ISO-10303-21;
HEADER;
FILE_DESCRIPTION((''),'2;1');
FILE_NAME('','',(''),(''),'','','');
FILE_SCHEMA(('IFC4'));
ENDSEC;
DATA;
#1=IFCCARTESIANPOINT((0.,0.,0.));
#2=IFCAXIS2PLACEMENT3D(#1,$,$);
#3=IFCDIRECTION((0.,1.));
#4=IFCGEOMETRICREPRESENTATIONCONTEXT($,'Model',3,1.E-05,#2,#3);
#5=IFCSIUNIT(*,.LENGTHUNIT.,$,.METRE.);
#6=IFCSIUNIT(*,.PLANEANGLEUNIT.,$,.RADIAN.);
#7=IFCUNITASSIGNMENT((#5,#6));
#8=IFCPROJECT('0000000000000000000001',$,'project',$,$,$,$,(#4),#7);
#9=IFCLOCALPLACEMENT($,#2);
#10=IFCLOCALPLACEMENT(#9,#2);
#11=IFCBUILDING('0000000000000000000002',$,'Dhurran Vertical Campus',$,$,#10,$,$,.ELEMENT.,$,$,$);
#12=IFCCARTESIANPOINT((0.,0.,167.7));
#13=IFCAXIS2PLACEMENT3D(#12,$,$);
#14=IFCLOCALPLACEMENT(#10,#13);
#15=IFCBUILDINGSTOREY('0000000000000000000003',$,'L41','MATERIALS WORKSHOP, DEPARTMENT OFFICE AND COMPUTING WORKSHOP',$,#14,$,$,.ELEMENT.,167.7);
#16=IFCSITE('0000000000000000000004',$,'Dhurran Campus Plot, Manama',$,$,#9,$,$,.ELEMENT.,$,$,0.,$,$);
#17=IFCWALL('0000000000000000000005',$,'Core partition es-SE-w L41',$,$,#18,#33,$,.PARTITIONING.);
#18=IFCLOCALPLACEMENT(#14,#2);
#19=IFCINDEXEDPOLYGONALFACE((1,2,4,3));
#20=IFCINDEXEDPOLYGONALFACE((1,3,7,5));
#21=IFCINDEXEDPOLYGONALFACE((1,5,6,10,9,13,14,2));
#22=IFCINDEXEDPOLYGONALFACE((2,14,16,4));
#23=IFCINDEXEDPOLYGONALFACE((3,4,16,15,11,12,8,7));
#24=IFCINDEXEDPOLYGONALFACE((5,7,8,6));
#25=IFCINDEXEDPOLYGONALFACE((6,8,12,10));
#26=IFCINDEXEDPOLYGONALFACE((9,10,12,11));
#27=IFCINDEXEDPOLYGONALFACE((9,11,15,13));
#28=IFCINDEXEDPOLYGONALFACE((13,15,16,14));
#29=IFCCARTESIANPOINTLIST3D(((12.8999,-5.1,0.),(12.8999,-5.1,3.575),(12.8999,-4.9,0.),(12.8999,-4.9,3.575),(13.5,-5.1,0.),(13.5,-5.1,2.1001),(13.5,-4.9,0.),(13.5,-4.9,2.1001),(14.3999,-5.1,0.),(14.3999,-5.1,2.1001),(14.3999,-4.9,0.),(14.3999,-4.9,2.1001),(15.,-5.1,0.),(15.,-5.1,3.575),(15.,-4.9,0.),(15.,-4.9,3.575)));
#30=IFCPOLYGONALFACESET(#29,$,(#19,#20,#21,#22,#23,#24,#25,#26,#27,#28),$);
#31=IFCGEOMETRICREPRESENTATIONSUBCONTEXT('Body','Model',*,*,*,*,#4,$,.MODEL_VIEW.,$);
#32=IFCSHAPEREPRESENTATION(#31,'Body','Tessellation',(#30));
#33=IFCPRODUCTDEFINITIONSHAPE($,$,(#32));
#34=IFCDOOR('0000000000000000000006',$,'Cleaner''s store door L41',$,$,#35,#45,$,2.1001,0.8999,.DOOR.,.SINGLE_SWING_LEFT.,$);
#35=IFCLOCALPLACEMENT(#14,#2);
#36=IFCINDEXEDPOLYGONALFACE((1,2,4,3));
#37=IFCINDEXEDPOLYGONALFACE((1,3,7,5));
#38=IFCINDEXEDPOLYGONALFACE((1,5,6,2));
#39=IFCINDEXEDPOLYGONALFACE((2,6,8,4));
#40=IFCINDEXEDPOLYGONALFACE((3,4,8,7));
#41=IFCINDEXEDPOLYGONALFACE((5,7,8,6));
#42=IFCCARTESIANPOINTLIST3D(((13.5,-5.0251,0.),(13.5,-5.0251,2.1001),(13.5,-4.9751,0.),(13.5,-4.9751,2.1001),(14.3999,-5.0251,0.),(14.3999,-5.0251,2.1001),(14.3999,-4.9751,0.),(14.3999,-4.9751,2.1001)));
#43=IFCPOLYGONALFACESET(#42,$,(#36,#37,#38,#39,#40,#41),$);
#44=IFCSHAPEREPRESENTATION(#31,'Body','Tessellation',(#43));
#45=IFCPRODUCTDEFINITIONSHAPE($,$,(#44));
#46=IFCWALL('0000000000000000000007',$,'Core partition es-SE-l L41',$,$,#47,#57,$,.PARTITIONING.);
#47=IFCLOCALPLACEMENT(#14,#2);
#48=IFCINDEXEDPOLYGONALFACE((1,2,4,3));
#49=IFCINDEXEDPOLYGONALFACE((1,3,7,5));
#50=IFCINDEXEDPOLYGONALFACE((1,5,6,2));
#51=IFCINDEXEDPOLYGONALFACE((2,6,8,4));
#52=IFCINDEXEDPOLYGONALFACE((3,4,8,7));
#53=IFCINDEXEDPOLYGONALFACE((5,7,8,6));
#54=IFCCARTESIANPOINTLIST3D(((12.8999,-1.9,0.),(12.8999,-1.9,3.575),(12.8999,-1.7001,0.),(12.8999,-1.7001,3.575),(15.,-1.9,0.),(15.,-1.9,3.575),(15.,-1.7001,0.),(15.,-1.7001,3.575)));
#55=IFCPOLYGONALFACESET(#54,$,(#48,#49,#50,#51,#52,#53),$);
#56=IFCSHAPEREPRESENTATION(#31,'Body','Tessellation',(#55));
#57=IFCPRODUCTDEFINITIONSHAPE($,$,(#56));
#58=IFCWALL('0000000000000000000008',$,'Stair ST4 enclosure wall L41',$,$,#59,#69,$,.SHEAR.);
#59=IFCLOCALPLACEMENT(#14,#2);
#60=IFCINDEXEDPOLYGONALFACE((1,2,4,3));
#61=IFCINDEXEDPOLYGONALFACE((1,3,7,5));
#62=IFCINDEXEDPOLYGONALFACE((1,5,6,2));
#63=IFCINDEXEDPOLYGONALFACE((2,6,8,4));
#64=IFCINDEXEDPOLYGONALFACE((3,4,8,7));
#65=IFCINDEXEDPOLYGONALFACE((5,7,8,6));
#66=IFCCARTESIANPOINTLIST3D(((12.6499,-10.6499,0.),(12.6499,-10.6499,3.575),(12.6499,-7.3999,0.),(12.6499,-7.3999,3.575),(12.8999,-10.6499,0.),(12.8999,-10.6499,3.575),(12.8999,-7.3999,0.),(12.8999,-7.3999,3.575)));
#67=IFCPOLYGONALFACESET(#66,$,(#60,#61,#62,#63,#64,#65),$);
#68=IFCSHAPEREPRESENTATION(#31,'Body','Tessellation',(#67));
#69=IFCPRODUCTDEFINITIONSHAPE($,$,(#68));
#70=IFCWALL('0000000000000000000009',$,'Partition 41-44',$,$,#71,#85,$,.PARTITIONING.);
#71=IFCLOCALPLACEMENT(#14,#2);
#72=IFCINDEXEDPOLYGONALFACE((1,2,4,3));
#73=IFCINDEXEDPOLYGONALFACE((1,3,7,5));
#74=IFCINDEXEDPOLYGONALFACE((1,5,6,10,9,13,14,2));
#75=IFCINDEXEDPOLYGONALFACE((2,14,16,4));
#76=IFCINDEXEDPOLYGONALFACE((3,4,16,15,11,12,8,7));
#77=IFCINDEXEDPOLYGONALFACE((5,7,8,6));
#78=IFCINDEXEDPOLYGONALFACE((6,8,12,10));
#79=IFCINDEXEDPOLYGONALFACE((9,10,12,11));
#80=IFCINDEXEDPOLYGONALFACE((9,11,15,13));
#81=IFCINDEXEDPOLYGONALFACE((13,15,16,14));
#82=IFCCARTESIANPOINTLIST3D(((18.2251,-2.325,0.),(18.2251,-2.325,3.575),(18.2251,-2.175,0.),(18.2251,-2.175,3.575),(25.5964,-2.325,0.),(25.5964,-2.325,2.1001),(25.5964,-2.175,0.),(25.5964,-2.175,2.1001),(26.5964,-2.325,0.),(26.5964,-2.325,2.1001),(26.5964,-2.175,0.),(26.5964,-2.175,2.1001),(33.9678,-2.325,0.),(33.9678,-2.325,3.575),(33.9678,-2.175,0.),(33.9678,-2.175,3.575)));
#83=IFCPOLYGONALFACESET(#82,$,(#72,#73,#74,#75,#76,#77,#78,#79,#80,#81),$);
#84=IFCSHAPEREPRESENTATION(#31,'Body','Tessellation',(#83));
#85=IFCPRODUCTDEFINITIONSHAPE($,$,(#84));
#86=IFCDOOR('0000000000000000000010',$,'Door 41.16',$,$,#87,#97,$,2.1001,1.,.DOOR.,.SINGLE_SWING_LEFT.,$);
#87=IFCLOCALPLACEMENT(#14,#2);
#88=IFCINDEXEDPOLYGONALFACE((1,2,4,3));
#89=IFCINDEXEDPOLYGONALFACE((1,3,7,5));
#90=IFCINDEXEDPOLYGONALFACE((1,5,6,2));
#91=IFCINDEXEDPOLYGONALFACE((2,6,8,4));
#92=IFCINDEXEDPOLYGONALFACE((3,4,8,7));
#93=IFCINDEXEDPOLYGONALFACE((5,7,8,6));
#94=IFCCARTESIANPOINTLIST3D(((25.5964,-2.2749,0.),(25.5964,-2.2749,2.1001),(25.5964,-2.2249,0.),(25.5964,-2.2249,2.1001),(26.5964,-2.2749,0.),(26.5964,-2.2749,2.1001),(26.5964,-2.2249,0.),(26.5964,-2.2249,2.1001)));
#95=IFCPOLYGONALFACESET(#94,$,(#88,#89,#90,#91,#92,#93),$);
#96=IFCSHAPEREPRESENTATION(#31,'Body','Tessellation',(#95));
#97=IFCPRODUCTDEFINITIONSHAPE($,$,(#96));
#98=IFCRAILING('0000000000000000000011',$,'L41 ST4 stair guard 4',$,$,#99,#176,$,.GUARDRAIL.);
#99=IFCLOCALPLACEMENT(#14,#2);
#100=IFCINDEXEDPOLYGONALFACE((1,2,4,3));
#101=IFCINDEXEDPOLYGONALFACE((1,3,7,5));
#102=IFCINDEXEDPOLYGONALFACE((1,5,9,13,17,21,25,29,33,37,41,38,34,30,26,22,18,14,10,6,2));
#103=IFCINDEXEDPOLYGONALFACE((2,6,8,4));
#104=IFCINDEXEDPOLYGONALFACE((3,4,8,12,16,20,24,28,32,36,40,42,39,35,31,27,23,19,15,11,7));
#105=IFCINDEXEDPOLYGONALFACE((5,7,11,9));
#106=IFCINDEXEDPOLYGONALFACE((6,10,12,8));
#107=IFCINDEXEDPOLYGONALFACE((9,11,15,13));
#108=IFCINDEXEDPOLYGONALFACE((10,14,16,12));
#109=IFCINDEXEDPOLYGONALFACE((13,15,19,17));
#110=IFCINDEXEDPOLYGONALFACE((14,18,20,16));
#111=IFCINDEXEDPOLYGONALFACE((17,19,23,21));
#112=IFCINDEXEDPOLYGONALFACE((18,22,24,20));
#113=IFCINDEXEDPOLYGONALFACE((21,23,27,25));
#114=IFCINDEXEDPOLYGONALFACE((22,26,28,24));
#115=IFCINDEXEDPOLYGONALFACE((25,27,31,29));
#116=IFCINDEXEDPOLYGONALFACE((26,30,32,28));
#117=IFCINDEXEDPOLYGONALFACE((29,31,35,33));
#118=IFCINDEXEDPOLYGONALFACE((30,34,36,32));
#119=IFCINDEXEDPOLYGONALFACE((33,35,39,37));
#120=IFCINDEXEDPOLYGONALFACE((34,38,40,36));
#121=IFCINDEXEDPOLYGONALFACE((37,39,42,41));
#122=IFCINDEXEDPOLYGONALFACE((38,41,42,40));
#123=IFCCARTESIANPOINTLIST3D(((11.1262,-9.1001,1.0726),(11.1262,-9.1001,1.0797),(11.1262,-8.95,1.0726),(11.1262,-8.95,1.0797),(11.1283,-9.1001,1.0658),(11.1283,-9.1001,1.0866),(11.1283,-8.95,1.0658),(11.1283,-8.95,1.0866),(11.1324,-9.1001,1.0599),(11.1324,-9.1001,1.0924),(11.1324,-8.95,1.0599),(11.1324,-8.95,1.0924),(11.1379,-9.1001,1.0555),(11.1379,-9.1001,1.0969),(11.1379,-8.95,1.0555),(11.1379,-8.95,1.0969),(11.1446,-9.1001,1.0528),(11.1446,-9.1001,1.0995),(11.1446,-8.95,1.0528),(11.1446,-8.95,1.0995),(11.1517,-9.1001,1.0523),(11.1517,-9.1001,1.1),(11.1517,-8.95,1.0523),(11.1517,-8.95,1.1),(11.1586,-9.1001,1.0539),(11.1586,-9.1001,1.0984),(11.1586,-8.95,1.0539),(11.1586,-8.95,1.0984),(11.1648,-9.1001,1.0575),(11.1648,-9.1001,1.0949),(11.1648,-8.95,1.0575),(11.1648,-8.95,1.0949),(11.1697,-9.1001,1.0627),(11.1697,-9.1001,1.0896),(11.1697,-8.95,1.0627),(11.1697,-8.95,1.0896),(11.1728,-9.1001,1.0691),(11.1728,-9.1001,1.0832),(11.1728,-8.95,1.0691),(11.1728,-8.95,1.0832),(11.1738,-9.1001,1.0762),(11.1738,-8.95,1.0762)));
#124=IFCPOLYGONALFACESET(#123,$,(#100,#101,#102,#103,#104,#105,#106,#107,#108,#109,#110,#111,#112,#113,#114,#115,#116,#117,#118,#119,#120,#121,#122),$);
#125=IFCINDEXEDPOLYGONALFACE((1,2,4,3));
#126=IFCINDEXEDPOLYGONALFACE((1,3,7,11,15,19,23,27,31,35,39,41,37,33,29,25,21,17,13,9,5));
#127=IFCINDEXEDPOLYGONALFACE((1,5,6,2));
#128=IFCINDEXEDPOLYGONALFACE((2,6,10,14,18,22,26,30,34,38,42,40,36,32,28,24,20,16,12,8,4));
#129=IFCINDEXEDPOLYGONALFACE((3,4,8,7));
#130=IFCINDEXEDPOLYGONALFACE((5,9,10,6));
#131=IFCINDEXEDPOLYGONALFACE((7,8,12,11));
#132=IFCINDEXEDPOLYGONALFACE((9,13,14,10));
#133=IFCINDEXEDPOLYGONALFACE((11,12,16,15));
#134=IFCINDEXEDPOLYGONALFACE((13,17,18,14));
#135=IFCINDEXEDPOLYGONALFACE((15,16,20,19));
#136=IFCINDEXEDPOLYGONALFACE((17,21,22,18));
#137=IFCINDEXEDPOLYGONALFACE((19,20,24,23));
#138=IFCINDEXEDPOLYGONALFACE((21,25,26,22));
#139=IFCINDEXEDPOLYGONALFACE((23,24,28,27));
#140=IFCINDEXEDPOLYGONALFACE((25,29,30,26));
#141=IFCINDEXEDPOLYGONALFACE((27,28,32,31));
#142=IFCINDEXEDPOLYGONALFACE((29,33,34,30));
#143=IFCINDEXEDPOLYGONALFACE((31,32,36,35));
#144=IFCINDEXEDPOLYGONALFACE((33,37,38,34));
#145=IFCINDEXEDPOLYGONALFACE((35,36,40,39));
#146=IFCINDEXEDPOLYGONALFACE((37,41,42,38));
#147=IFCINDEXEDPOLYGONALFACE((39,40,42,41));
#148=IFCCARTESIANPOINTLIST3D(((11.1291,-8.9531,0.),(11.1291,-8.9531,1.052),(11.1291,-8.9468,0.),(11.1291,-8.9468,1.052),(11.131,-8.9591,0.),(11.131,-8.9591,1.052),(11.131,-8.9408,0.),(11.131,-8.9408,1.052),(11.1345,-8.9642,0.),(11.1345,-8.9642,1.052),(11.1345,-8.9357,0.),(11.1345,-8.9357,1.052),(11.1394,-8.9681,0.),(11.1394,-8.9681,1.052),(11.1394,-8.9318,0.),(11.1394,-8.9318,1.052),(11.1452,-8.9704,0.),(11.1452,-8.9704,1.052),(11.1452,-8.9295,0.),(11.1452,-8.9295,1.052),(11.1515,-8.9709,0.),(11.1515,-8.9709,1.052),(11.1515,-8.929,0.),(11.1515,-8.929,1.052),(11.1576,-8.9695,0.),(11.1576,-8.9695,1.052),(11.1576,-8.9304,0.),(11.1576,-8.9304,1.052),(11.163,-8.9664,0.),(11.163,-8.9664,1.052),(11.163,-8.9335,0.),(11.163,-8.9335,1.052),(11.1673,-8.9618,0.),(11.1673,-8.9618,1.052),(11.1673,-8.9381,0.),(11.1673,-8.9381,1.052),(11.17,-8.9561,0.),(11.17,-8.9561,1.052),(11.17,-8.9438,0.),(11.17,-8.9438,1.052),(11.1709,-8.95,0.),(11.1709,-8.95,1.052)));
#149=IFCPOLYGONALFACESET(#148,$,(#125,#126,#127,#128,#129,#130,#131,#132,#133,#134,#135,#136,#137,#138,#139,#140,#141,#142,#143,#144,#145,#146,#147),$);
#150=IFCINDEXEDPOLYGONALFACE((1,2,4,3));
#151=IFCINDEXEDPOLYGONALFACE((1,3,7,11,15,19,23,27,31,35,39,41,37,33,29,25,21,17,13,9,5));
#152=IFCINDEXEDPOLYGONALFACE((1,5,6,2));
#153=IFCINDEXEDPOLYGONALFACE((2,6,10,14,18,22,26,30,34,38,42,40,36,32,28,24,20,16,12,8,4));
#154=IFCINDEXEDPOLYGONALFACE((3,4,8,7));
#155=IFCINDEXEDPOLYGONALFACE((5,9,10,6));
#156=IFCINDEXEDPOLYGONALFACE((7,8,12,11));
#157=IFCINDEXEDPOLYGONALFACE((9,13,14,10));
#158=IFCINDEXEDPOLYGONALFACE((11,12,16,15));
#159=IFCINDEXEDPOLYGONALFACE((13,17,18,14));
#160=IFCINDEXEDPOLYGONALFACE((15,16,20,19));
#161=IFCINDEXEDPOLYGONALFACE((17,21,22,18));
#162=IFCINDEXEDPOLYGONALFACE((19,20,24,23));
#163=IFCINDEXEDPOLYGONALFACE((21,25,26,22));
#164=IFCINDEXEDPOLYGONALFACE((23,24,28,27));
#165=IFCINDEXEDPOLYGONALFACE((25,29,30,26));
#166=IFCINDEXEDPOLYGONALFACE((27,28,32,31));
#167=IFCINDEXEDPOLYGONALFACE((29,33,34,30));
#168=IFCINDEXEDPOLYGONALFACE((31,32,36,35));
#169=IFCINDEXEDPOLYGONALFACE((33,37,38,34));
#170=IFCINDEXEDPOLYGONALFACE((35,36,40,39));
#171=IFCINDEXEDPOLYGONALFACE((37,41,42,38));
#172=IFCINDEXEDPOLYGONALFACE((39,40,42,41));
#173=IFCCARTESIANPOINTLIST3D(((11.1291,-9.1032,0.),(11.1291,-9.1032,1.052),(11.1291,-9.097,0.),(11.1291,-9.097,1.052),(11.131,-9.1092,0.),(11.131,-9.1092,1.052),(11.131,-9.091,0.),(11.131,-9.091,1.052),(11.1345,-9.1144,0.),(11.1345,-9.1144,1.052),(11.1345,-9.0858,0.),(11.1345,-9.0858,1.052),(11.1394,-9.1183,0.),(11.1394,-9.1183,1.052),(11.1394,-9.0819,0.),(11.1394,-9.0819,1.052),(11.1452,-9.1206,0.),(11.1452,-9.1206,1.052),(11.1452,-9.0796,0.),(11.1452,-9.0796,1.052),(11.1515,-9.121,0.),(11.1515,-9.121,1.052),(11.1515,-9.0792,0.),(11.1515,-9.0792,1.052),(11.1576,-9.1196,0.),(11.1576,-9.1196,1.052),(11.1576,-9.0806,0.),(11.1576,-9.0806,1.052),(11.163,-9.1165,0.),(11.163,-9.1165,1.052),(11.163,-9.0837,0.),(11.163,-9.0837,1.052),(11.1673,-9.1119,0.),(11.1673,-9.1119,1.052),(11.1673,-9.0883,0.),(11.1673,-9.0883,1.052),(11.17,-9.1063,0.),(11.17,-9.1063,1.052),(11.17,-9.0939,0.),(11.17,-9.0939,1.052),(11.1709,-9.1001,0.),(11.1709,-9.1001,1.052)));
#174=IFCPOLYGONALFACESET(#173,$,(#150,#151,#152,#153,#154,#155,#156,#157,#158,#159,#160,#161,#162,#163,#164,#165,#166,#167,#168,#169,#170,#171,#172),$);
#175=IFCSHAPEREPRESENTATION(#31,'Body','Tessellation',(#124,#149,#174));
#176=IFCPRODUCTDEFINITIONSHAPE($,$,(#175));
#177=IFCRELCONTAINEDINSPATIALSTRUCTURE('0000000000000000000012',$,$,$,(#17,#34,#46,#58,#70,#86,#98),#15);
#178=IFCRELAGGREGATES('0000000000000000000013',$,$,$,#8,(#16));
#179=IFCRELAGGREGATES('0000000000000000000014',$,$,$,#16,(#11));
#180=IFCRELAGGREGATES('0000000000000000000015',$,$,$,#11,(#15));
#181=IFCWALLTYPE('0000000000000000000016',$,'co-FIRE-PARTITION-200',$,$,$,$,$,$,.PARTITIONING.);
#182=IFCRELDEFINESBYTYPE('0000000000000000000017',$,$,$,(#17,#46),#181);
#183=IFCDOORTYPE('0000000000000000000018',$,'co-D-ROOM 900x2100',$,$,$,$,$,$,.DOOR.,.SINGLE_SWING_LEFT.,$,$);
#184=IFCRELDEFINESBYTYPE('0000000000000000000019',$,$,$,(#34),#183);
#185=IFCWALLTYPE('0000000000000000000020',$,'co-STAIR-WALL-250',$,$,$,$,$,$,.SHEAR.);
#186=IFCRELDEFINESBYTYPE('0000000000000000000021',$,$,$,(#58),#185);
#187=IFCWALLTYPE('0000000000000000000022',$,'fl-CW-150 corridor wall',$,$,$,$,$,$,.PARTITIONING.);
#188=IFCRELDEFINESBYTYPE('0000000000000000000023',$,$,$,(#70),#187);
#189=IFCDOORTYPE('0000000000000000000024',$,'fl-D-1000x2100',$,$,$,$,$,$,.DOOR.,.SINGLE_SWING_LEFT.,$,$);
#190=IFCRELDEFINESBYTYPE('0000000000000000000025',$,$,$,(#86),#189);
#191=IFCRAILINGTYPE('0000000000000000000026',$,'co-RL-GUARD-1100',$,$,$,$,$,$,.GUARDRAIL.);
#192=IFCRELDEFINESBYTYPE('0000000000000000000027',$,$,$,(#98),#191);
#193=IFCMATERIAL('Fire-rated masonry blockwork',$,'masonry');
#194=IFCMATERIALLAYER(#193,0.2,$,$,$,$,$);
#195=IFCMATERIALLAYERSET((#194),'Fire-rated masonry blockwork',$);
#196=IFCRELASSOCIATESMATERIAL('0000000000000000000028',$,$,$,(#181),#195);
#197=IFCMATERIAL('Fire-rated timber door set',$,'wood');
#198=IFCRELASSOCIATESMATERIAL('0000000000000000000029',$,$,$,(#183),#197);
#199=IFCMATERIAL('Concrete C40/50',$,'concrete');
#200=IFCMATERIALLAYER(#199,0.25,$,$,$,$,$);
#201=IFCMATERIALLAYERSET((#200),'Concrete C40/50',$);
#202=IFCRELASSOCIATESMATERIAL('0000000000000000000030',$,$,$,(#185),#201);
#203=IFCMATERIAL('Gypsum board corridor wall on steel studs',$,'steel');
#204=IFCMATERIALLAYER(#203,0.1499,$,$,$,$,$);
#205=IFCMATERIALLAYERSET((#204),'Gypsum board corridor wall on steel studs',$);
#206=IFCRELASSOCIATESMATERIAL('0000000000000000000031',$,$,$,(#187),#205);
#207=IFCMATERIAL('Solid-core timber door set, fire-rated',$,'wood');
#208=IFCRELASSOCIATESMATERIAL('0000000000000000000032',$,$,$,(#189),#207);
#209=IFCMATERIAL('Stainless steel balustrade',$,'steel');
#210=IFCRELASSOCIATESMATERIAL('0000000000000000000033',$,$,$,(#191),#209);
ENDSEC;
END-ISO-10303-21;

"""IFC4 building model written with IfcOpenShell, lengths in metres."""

from ifc_helpers import new_model, si_unit, direction, frame, frame_2d, origin, origin_2d, place, context, subcontext, project, spatial, rectangle, circle, extrude, material, layer, layer_set, type_object, element, fill, save


model = new_model("IFC4")

# Units and contexts
model_context = context("Model", 3, precision=1e-05, world=origin(), true_north=direction((0.0, 1.0)))
body_context = subcontext(model_context, "Body", "Model", "MODEL_VIEW")
ifc_project = project(units=[si_unit("LENGTHUNIT", "METRE"), si_unit("PLANEANGLEUNIT", "RADIAN")], contexts=[model_context])

# Site, building, storey
site_placement = place(None, origin())
site = spatial("IfcSite", under=ifc_project, at=site_placement, Name="Dhurran Campus Plot, Manama", CompositionType="ELEMENT", RefElevation=0.0)
building_placement = place(site_placement, origin())
building = spatial("IfcBuilding", under=site, at=building_placement, Name="Dhurran Vertical Campus", CompositionType="ELEMENT")
storey_placement = place(building_placement, frame((0.0, 0.0, 167.7)))
storey = spatial("IfcBuildingStorey", under=building, at=storey_placement, Name="L41", Description="MATERIALS WORKSHOP, DEPARTMENT OFFICE AND COMPUTING WORKSHOP", CompositionType="ELEMENT", Elevation=167.7)

# Shared definitions
ifc_material_1 = material(Name="Fire-rated masonry blockwork", Category="masonry")
ifc_layer_1 = layer(ifc_material_1, 0.2)
ifc_layer_set_1 = layer_set([ifc_layer_1], Name="Fire-rated masonry blockwork")
wall_type_1 = type_object("IfcWallType", Name="co-FIRE-PARTITION-200", PredefinedType="PARTITIONING", material=ifc_layer_set_1)

# Wall, opening, door
ifc_material_2 = material(Name="Fire-rated timber door set", Category="wood")
door_type_1 = type_object("IfcDoorType", Name="co-D-ROOM 900x2100", OperationType="SINGLE_SWING_LEFT", PredefinedType="DOOR", material=ifc_material_2)
wall_1_placement = place(storey_placement, frame((12.8999, -5.0, 0.0), z_axis=(0.0, 0.0, 1.0), x_axis=(1.0, 0.0, 0.0)))
wall_1 = element("IfcWall", 1, at=wall_1_placement, inside=storey, type_object=wall_type_1, Name="Core partition es-SE-w L41", PredefinedType="PARTITIONING", context=body_context, shape_type="SweptSolid", body=[
    extrude(rectangle(XDim=2.1001, YDim=0.2, at=frame_2d((1.05, 0.0))), origin(), (0.0, 0.0, 1.0), 3.575),
])
opening_1_placement = place(wall_1_placement, frame((0.6001, 0.0, 0.0)))
opening_1 = element("IfcOpeningElement", 2, at=opening_1_placement, cuts=wall_1, PredefinedType="OPENING", context=body_context, shape_type="SweptSolid", body=[
    extrude(rectangle(XDim=0.8999, YDim=2.1001, at=frame_2d((0.45, 1.05))), frame((0.0, 0.1099, 0.0), z_axis=(0.0, -1.0, 0.0), x_axis=(1.0, 0.0, 0.0)), (0.0, 0.0, 1.0), 0.22),
])
door_1_placement = place(opening_1_placement, origin())
door_1 = element("IfcDoor", 3, at=door_1_placement, inside=storey, type_object=door_type_1, Name="Cleaner's store door L41", OperationType="SINGLE_SWING_LEFT", OverallHeight=2.1001, OverallWidth=0.8999, PredefinedType="DOOR", context=body_context, shape_type="SweptSolid", body=[
    extrude(rectangle(XDim=0.8999, YDim=2.1001, at=frame_2d((0.45, 1.05))), frame((0.0, 0.0249, 0.0), z_axis=(0.0, -1.0, 0.0), x_axis=(1.0, 0.0, 0.0)), (0.0, 0.0, 1.0), 0.05),
])
fill(opening_1, door_1)

# Walls
wall_2_placement = place(storey_placement, frame((12.8999, -1.8, 0.0), z_axis=(0.0, 0.0, 1.0), x_axis=(1.0, 0.0, 0.0)))
element("IfcWall", 4, at=wall_2_placement, inside=storey, type_object=wall_type_1, Name="Core partition es-SE-l L41", PredefinedType="PARTITIONING", context=body_context, shape_type="SweptSolid", body=[
    extrude(rectangle(XDim=2.1001, YDim=0.2, at=frame_2d((1.05, 0.0))), origin(), (0.0, 0.0, 1.0), 3.575),
])
ifc_material_3 = material(Name="Concrete C40/50", Category="concrete")
ifc_layer_2 = layer(ifc_material_3, 0.25)
ifc_layer_set_2 = layer_set([ifc_layer_2], Name="Concrete C40/50")
wall_type_2 = type_object("IfcWallType", Name="co-STAIR-WALL-250", PredefinedType="SHEAR", material=ifc_layer_set_2)
wall_3_placement = place(storey_placement, frame((12.7749, -10.6499, 0.0), z_axis=(0.0, 0.0, 1.0), x_axis=(0.0, 1.0, 0.0)))
element("IfcWall", 5, at=wall_3_placement, inside=storey, type_object=wall_type_2, Name="Stair ST4 enclosure wall L41", PredefinedType="SHEAR", context=body_context, shape_type="SweptSolid", body=[
    extrude(rectangle(XDim=3.25, YDim=0.25, at=frame_2d((1.625, 0.0))), origin(), (0.0, 0.0, 1.0), 3.575),
])

# Wall, opening, door
ifc_material_4 = material(Name="Gypsum board corridor wall on steel studs", Category="steel")
ifc_layer_3 = layer(ifc_material_4, 0.1499)
ifc_layer_set_3 = layer_set([ifc_layer_3], Name="Gypsum board corridor wall on steel studs")
wall_type_3 = type_object("IfcWallType", Name="fl-CW-150 corridor wall", PredefinedType="PARTITIONING", material=ifc_layer_set_3)
wall_4_placement = place(storey_placement, frame((33.9678, -2.25, 0.0), z_axis=(0.0, 0.0, 1.0), x_axis=(-1.0, 0.0, 0.0)))
wall_4 = element("IfcWall", 6, at=wall_4_placement, inside=storey, type_object=wall_type_3, Name="Partition 41-44", PredefinedType="PARTITIONING", context=body_context, shape_type="SweptSolid", body=[
    extrude(rectangle(XDim=15.7427, YDim=0.1499, at=frame_2d((7.8713, 0.0))), origin(), (0.0, 0.0, 1.0), 3.575),
])
opening_2_placement = place(wall_4_placement, frame((7.3713, 0.0, 0.0)))
opening_2 = element("IfcOpeningElement", 7, at=opening_2_placement, cuts=wall_4, PredefinedType="OPENING", context=body_context, shape_type="SweptSolid", body=[
    extrude(rectangle(XDim=1.0, YDim=2.1001, at=frame_2d((0.5, 1.05))), frame((0.0, 0.085, 0.0), z_axis=(0.0, -1.0, 0.0), x_axis=(1.0, 0.0, 0.0)), (0.0, 0.0, 1.0), 0.1699),
])
ifc_material_5 = material(Name="Solid-core timber door set, fire-rated", Category="wood")
door_type_2 = type_object("IfcDoorType", Name="fl-D-1000x2100", OperationType="SINGLE_SWING_LEFT", PredefinedType="DOOR", material=ifc_material_5)
door_2_placement = place(opening_2_placement, origin())
door_2 = element("IfcDoor", 8, at=door_2_placement, inside=storey, type_object=door_type_2, Name="Door 41.16", OperationType="SINGLE_SWING_LEFT", OverallHeight=2.1001, OverallWidth=1.0, PredefinedType="DOOR", context=body_context, shape_type="SweptSolid", body=[
    extrude(rectangle(XDim=1.0, YDim=2.1001, at=frame_2d((0.5, 1.05))), frame((0.0, 0.0249, 0.0), z_axis=(0.0, -1.0, 0.0), x_axis=(1.0, 0.0, 0.0)), (0.0, 0.0, 1.0), 0.05),
])
fill(opening_2, door_2)

# Railing
ifc_material_6 = material(Name="Stainless steel balustrade", Category="steel")
railing_type_1 = type_object("IfcRailingType", Name="co-RL-GUARD-1100", PredefinedType="GUARDRAIL", material=ifc_material_6)
railing_1_placement = place(storey_placement, frame((11.1499, -8.95, 0.0)))
element("IfcRailing", 9, at=railing_1_placement, inside=storey, type_object=railing_type_1, Name="L41 ST4 stair guard 4", PredefinedType="GUARDRAIL", context=body_context, shape_type="SweptSolid", body=[
    extrude(circle(Radius=0.0239, at=origin_2d()), frame((0.0, 0.0, 1.0762), z_axis=(0.0, -1.0, 0.0), x_axis=(1.0, 0.0, 0.0)), (0.0, 0.0, 1.0), 0.1501),
    extrude(circle(Radius=0.021, at=origin_2d()), origin(), (0.0, 0.0, 1.0), 1.052),
    extrude(circle(Radius=0.021, at=origin_2d()), frame((0.0, -0.1501, 0.0)), (0.0, 0.0, 1.0), 1.052),
])

save(model, "model.ifc")
